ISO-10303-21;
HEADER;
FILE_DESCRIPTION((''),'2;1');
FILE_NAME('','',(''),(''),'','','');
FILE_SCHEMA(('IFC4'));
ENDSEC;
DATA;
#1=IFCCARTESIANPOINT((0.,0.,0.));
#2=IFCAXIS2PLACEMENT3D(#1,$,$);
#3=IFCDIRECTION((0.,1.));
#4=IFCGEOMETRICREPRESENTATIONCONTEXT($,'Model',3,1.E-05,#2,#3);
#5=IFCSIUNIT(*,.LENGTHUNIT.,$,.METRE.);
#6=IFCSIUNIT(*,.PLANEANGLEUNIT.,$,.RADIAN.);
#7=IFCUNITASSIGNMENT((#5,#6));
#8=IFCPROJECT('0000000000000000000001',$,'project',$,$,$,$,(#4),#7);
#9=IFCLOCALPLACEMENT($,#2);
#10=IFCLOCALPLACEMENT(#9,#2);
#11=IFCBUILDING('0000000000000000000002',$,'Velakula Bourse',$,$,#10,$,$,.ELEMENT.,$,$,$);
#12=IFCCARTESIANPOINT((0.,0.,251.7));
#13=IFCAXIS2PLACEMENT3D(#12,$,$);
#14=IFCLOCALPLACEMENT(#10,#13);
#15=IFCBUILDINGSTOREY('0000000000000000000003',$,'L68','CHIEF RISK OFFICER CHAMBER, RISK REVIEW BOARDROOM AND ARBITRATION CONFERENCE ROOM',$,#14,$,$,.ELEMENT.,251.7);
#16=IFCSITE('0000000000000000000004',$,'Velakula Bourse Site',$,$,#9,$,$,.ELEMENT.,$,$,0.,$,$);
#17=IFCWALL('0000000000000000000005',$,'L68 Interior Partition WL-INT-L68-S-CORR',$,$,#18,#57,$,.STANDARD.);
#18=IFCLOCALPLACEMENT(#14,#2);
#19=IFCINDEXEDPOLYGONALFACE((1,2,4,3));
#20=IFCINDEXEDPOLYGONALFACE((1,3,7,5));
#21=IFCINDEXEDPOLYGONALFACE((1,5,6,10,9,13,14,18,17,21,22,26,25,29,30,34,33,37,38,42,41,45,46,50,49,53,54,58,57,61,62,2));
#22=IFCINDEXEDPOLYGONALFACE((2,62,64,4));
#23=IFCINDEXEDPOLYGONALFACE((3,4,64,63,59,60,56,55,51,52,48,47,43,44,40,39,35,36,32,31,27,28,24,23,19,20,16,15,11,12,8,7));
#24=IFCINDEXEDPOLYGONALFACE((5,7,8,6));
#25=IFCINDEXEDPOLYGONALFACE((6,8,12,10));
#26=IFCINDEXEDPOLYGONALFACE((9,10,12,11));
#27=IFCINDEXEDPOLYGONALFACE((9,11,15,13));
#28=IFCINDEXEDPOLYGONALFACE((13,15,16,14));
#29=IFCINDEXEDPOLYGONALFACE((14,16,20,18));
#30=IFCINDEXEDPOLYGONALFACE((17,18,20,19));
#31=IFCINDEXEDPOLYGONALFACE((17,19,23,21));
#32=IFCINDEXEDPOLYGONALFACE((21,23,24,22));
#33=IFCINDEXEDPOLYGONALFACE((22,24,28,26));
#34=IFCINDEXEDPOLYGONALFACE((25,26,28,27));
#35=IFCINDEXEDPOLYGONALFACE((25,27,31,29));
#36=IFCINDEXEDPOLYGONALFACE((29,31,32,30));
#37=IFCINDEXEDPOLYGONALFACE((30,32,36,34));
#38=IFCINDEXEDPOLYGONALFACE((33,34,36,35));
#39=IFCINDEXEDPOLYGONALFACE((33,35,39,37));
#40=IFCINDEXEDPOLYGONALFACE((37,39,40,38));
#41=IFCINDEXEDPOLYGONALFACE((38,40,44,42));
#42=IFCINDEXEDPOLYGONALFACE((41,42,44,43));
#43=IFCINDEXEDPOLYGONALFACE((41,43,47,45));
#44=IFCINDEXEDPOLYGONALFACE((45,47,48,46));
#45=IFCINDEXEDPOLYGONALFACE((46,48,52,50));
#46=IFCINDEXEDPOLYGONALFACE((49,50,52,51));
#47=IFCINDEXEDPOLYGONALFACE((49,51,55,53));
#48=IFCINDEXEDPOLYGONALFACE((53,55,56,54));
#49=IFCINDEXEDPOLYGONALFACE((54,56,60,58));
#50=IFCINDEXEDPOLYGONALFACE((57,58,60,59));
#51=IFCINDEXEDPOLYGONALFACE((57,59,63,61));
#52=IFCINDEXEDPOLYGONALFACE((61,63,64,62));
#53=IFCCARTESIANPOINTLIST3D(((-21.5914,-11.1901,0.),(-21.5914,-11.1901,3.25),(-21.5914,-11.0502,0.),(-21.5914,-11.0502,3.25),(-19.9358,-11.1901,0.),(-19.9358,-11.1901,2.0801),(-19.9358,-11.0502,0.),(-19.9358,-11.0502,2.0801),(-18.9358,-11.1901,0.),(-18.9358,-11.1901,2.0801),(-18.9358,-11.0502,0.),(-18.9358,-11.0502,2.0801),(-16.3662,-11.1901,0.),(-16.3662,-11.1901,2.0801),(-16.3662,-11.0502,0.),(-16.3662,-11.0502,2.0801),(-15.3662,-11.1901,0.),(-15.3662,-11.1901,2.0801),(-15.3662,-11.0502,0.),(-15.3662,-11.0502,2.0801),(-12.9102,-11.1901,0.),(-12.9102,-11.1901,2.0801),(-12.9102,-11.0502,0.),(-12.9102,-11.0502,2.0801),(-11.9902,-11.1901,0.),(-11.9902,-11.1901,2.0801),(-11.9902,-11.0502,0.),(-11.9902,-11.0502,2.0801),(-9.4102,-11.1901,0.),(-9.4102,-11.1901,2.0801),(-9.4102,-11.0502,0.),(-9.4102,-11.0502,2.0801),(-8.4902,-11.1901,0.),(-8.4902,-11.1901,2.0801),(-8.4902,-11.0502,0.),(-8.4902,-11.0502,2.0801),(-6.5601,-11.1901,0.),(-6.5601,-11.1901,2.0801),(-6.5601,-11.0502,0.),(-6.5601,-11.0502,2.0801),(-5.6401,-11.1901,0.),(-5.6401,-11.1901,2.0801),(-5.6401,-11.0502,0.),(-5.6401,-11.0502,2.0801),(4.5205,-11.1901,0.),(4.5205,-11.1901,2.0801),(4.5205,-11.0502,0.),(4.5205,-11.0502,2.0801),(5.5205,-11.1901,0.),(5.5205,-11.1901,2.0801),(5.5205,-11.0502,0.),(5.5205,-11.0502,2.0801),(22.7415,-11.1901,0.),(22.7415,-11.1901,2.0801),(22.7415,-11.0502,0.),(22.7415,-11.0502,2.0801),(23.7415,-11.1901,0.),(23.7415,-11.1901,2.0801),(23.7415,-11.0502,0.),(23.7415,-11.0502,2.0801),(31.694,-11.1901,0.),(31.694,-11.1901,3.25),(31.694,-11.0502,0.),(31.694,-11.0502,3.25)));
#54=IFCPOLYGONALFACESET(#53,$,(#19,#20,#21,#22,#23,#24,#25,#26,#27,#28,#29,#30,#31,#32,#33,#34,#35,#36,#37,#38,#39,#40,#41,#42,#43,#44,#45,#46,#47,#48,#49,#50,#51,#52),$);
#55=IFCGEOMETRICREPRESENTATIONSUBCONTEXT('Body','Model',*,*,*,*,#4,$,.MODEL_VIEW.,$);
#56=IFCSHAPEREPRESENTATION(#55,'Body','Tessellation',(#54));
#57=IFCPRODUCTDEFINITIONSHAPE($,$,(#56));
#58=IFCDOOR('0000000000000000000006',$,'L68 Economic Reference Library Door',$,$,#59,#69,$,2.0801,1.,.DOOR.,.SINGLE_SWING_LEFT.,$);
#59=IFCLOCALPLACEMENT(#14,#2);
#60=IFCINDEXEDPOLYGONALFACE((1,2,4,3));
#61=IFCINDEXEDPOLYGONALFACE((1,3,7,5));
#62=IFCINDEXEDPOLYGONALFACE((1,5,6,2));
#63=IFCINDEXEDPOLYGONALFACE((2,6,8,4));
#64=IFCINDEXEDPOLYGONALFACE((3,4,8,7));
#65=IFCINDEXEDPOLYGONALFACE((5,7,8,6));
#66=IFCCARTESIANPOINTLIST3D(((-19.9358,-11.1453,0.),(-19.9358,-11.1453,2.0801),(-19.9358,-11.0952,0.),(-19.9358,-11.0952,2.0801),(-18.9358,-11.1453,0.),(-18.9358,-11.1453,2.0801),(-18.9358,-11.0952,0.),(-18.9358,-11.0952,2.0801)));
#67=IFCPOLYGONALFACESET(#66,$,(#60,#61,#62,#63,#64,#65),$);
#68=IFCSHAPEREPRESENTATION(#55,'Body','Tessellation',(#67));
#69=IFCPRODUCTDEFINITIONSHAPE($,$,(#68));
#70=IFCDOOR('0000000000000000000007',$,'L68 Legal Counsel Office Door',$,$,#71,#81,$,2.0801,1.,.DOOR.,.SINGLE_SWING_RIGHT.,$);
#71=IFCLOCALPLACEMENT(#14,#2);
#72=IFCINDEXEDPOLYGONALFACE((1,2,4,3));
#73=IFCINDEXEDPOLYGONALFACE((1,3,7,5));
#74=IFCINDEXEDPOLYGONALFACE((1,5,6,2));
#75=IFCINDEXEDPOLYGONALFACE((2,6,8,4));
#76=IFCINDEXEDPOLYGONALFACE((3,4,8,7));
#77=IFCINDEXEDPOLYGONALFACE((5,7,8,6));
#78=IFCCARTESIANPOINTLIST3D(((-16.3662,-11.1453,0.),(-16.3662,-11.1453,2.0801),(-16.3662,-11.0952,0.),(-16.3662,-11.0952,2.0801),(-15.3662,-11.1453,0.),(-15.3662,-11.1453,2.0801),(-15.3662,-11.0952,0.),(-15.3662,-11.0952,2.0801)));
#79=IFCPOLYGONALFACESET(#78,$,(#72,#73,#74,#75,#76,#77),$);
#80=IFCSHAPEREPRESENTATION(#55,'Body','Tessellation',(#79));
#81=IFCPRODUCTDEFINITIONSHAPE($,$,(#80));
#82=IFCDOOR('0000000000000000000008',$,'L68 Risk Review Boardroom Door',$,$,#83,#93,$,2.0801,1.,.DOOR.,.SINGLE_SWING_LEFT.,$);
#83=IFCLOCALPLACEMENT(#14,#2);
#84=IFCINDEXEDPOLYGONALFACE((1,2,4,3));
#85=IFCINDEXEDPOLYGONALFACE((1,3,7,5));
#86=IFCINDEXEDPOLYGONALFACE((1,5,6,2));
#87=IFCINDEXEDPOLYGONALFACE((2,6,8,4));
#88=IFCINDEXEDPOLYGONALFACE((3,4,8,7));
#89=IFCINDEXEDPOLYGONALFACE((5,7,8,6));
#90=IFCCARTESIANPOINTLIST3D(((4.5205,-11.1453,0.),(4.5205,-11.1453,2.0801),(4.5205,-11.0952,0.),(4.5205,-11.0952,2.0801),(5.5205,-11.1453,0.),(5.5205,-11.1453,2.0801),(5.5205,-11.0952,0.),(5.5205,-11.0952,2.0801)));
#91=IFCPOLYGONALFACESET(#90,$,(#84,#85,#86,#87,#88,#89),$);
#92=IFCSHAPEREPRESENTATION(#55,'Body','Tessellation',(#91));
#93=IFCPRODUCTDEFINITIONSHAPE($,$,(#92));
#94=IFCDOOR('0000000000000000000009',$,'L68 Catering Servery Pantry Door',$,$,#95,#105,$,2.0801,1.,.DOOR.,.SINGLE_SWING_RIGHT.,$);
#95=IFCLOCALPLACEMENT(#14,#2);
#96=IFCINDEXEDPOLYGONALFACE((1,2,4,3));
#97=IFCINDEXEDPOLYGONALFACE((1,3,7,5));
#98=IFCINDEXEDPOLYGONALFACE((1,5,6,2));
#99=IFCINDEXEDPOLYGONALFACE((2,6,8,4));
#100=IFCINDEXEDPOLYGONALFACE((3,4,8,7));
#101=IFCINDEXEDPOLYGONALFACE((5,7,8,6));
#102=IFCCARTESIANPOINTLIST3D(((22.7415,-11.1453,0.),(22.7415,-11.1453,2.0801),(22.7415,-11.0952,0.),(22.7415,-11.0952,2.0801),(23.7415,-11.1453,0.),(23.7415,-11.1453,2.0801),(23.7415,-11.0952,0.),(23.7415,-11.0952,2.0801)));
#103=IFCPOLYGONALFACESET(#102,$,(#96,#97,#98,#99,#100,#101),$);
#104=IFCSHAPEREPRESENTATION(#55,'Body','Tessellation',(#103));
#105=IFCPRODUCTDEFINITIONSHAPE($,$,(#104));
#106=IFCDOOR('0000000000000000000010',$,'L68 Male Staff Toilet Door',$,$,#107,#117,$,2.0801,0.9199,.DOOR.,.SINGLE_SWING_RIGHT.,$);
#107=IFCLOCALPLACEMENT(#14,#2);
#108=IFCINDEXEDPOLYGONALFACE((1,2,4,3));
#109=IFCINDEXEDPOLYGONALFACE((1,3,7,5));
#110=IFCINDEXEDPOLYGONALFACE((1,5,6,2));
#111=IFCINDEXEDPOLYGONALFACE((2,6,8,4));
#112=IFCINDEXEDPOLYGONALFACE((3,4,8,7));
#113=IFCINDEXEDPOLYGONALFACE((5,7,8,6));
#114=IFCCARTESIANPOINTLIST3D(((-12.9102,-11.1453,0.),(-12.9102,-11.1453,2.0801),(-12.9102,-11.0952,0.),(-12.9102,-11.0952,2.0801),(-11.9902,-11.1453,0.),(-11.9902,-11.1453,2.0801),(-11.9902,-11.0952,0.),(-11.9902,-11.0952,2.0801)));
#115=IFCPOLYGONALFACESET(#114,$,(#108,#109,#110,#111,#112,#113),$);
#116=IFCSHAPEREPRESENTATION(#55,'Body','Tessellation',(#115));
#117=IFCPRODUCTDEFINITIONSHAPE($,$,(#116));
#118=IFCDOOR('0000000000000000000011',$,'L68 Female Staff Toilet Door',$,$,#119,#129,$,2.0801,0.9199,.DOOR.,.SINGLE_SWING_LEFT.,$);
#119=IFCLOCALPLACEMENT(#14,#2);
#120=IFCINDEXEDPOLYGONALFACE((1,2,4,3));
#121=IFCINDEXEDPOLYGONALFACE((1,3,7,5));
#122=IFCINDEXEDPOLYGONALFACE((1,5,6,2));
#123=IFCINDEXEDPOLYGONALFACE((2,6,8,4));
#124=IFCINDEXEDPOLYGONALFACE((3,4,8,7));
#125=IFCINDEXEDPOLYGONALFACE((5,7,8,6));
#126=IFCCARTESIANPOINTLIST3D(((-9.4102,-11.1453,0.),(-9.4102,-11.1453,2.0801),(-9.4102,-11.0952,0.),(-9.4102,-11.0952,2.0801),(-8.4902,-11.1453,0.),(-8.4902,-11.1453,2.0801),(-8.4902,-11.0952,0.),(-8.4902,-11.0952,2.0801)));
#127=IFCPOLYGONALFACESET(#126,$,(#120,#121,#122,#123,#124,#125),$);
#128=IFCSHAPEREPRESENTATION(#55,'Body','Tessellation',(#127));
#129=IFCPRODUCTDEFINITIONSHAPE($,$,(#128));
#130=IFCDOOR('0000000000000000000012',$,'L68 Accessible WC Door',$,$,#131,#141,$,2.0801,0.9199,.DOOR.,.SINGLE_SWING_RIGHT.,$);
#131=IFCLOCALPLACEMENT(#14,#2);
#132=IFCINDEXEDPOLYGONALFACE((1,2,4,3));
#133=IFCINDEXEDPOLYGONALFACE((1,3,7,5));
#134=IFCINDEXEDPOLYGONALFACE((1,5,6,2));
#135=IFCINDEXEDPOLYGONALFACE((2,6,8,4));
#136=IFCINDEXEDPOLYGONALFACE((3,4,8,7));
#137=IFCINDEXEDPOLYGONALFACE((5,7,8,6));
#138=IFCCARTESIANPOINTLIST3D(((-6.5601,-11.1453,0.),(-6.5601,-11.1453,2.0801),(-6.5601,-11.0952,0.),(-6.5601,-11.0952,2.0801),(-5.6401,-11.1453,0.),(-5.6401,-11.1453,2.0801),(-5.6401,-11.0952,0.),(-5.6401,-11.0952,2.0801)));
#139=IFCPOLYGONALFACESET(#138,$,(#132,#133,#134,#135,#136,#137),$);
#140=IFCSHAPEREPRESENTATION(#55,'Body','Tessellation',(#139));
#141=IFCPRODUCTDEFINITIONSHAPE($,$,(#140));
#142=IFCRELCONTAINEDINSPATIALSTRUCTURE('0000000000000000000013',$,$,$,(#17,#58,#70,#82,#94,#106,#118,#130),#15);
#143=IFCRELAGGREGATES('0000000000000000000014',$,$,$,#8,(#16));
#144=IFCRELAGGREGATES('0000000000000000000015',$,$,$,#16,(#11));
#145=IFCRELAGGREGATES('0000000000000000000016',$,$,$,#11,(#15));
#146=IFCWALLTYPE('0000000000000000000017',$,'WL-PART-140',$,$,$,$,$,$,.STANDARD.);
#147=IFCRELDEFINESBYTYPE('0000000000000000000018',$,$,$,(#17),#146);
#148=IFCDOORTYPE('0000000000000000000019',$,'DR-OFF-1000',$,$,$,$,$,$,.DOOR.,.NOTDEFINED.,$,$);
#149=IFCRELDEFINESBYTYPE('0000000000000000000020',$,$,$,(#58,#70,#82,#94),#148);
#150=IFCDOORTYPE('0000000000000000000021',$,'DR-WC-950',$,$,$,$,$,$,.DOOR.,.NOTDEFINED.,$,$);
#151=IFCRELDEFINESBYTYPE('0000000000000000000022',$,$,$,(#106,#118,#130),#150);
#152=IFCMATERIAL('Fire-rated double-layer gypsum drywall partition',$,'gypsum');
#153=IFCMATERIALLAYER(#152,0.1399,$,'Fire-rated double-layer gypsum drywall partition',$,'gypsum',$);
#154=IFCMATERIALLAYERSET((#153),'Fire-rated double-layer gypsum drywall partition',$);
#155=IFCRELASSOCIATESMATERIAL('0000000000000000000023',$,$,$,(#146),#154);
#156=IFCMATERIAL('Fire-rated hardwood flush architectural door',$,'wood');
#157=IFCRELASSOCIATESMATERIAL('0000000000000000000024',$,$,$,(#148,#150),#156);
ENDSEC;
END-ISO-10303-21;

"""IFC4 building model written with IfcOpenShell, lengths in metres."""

from ifc_helpers import new_model, si_unit, direction, frame, frame_2d, origin, place, context, subcontext, project, spatial, rectangle, extrude, material, layer, layer_set, type_object, element, fill, save


model = new_model("IFC4")

# Units and contexts
model_context = context("Model", 3, precision=1e-05, world=origin(), true_north=direction((0.0, 1.0)))
body_context = subcontext(model_context, "Body", "Model", "MODEL_VIEW")
ifc_project = project(units=[si_unit("LENGTHUNIT", "METRE"), si_unit("PLANEANGLEUNIT", "RADIAN")], contexts=[model_context])

# Site, building, storey
site_placement = place(None, origin())
site = spatial("IfcSite", under=ifc_project, at=site_placement, Name="Velakula Bourse Site", CompositionType="ELEMENT", RefElevation=0.0)
building_placement = place(site_placement, origin())
building = spatial("IfcBuilding", under=site, at=building_placement, Name="Velakula Bourse", CompositionType="ELEMENT")
storey_placement = place(building_placement, frame((0.0, 0.0, 251.7)))
storey = spatial("IfcBuildingStorey", under=building, at=storey_placement, Name="L68", Description="CHIEF RISK OFFICER CHAMBER, RISK REVIEW BOARDROOM AND ARBITRATION CONFERENCE ROOM", CompositionType="ELEMENT", Elevation=251.7)

# Wall, openings, doors
ifc_material_1 = material(Name="Fire-rated double-layer gypsum drywall partition", Category="gypsum")
ifc_layer_1 = layer(ifc_material_1, 0.1399, Name="Fire-rated double-layer gypsum drywall partition", Category="gypsum")
ifc_layer_set_1 = layer_set([ifc_layer_1], Name="Fire-rated double-layer gypsum drywall partition")
wall_type_1 = type_object("IfcWallType", Name="WL-PART-140", PredefinedType="STANDARD", material=ifc_layer_set_1)
wall_1_placement = place(storey_placement, frame((-21.5913, -11.1201, 0.0), z_axis=(0.0, 0.0, 1.0), x_axis=(1.0, 0.0, 0.0)))
wall_1 = element("IfcWall", 1, at=wall_1_placement, inside=storey, type_object=wall_type_1, Name="L68 Interior Partition WL-INT-L68-S-CORR", PredefinedType="STANDARD", context=body_context, shape_type="SweptSolid", body=[
    extrude(rectangle(XDim=53.2854, YDim=0.1399, at=frame_2d((26.6426, 0.0))), origin(), (0.0, 0.0, 1.0), 3.25),
])
opening_1_placement = place(wall_1_placement, frame((8.6812, 0.0, 0.0)))
opening_1 = element("IfcOpeningElement", 2, at=opening_1_placement, cuts=wall_1, PredefinedType="OPENING", context=body_context, shape_type="SweptSolid", body=[
    extrude(rectangle(XDim=0.9199, YDim=2.0801, at=frame_2d((0.46, 1.04))), frame((0.0, 0.0798, 0.0), z_axis=(0.0, -1.0, 0.0), x_axis=(1.0, 0.0, 0.0)), (0.0, 0.0, 1.0), 0.1599),
])
opening_2_placement = place(wall_1_placement, frame((12.1812, 0.0, 0.0)))
opening_2 = element("IfcOpeningElement", 3, at=opening_2_placement, cuts=wall_1, PredefinedType="OPENING", context=body_context, shape_type="SweptSolid", body=[
    extrude(rectangle(XDim=0.9199, YDim=2.0801, at=frame_2d((0.46, 1.04))), frame((0.0, 0.0798, 0.0), z_axis=(0.0, -1.0, 0.0), x_axis=(1.0, 0.0, 0.0)), (0.0, 0.0, 1.0), 0.1599),
])
opening_3_placement = place(wall_1_placement, frame((15.0312, 0.0, 0.0)))
opening_3 = element("IfcOpeningElement", 4, at=opening_3_placement, cuts=wall_1, PredefinedType="OPENING", context=body_context, shape_type="SweptSolid", body=[
    extrude(rectangle(XDim=0.9199, YDim=2.0801, at=frame_2d((0.46, 1.04))), frame((0.0, 0.0798, 0.0), z_axis=(0.0, -1.0, 0.0), x_axis=(1.0, 0.0, 0.0)), (0.0, 0.0, 1.0), 0.1599),
])
opening_4_placement = place(wall_1_placement, frame((1.6555, 0.0, 0.0)))
opening_4 = element("IfcOpeningElement", 5, at=opening_4_placement, cuts=wall_1, PredefinedType="OPENING", context=body_context, shape_type="SweptSolid", body=[
    extrude(rectangle(XDim=1.0, YDim=2.0801, at=frame_2d((0.5, 1.04))), frame((0.0, 0.0798, 0.0), z_axis=(0.0, -1.0, 0.0), x_axis=(1.0, 0.0, 0.0)), (0.0, 0.0, 1.0), 0.1599),
])
opening_5_placement = place(wall_1_placement, frame((5.2251, 0.0, 0.0)))
opening_5 = element("IfcOpeningElement", 6, at=opening_5_placement, cuts=wall_1, PredefinedType="OPENING", context=body_context, shape_type="SweptSolid", body=[
    extrude(rectangle(XDim=1.0, YDim=2.0801, at=frame_2d((0.5, 1.04))), frame((0.0, 0.0798, 0.0), z_axis=(0.0, -1.0, 0.0), x_axis=(1.0, 0.0, 0.0)), (0.0, 0.0, 1.0), 0.1599),
])
opening_6_placement = place(wall_1_placement, frame((26.1118, 0.0, 0.0)))
opening_6 = element("IfcOpeningElement", 7, at=opening_6_placement, cuts=wall_1, PredefinedType="OPENING", context=body_context, shape_type="SweptSolid", body=[
    extrude(rectangle(XDim=1.0, YDim=2.0801, at=frame_2d((0.5, 1.04))), frame((0.0, 0.0798, 0.0), z_axis=(0.0, -1.0, 0.0), x_axis=(1.0, 0.0, 0.0)), (0.0, 0.0, 1.0), 0.1599),
])
opening_7_placement = place(wall_1_placement, frame((44.3328, 0.0, 0.0)))
opening_7 = element("IfcOpeningElement", 8, at=opening_7_placement, cuts=wall_1, PredefinedType="OPENING", context=body_context, shape_type="SweptSolid", body=[
    extrude(rectangle(XDim=1.0, YDim=2.0801, at=frame_2d((0.5, 1.04))), frame((0.0, 0.0798, 0.0), z_axis=(0.0, -1.0, 0.0), x_axis=(1.0, 0.0, 0.0)), (0.0, 0.0, 1.0), 0.1599),
])
ifc_material_2 = material(Name="Fire-rated hardwood flush architectural door", Category="wood")
door_type_1 = type_object("IfcDoorType", Name="DR-OFF-1000", OperationType="NOTDEFINED", PredefinedType="DOOR", material=ifc_material_2)
door_1_placement = place(opening_4_placement, origin())
door_1 = element("IfcDoor", 9, at=door_1_placement, inside=storey, type_object=door_type_1, Name="L68 Economic Reference Library Door", OperationType="SINGLE_SWING_LEFT", OverallHeight=2.0801, OverallWidth=1.0, PredefinedType="DOOR", context=body_context, shape_type="SweptSolid", body=[
    extrude(rectangle(XDim=1.0, YDim=2.0801, at=frame_2d((0.5, 1.04))), frame((0.0, 0.0249, 0.0), z_axis=(0.0, -1.0, 0.0), x_axis=(1.0, 0.0, 0.0)), (0.0, 0.0, 1.0), 0.05),
])
fill(opening_4, door_1)
door_2_placement = place(opening_5_placement, origin())
door_2 = element("IfcDoor", 10, at=door_2_placement, inside=storey, type_object=door_type_1, Name="L68 Legal Counsel Office Door", OperationType="SINGLE_SWING_RIGHT", OverallHeight=2.0801, OverallWidth=1.0, PredefinedType="DOOR", context=body_context, shape_type="SweptSolid", body=[
    extrude(rectangle(XDim=1.0, YDim=2.0801, at=frame_2d((0.5, 1.04))), frame((0.0, 0.0249, 0.0), z_axis=(0.0, -1.0, 0.0), x_axis=(1.0, 0.0, 0.0)), (0.0, 0.0, 1.0), 0.05),
])
fill(opening_5, door_2)
door_3_placement = place(opening_6_placement, origin())
door_3 = element("IfcDoor", 11, at=door_3_placement, inside=storey, type_object=door_type_1, Name="L68 Risk Review Boardroom Door", OperationType="SINGLE_SWING_LEFT", OverallHeight=2.0801, OverallWidth=1.0, PredefinedType="DOOR", context=body_context, shape_type="SweptSolid", body=[
    extrude(rectangle(XDim=1.0, YDim=2.0801, at=frame_2d((0.5, 1.04))), frame((0.0, 0.0249, 0.0), z_axis=(0.0, -1.0, 0.0), x_axis=(1.0, 0.0, 0.0)), (0.0, 0.0, 1.0), 0.05),
])
fill(opening_6, door_3)
door_4_placement = place(opening_7_placement, origin())
door_4 = element("IfcDoor", 12, at=door_4_placement, inside=storey, type_object=door_type_1, Name="L68 Catering Servery Pantry Door", OperationType="SINGLE_SWING_RIGHT", OverallHeight=2.0801, OverallWidth=1.0, PredefinedType="DOOR", context=body_context, shape_type="SweptSolid", body=[
    extrude(rectangle(XDim=1.0, YDim=2.0801, at=frame_2d((0.5, 1.04))), frame((0.0, 0.0249, 0.0), z_axis=(0.0, -1.0, 0.0), x_axis=(1.0, 0.0, 0.0)), (0.0, 0.0, 1.0), 0.05),
])
fill(opening_7, door_4)
door_type_2 = type_object("IfcDoorType", Name="DR-WC-950", OperationType="NOTDEFINED", PredefinedType="DOOR", material=ifc_material_2)
door_5_placement = place(opening_1_placement, origin())
door_5 = element("IfcDoor", 13, at=door_5_placement, inside=storey, type_object=door_type_2, Name="L68 Male Staff Toilet Door", OperationType="SINGLE_SWING_RIGHT", OverallHeight=2.0801, OverallWidth=0.9199, PredefinedType="DOOR", context=body_context, shape_type="SweptSolid", body=[
    extrude(rectangle(XDim=0.9199, YDim=2.0801, at=frame_2d((0.46, 1.04))), frame((0.0, 0.0249, 0.0), z_axis=(0.0, -1.0, 0.0), x_axis=(1.0, 0.0, 0.0)), (0.0, 0.0, 1.0), 0.05),
])
fill(opening_1, door_5)
door_6_placement = place(opening_2_placement, origin())
door_6 = element("IfcDoor", 14, at=door_6_placement, inside=storey, type_object=door_type_2, Name="L68 Female Staff Toilet Door", OperationType="SINGLE_SWING_LEFT", OverallHeight=2.0801, OverallWidth=0.9199, PredefinedType="DOOR", context=body_context, shape_type="SweptSolid", body=[
    extrude(rectangle(XDim=0.9199, YDim=2.0801, at=frame_2d((0.46, 1.04))), frame((0.0, 0.0249, 0.0), z_axis=(0.0, -1.0, 0.0), x_axis=(1.0, 0.0, 0.0)), (0.0, 0.0, 1.0), 0.05),
])
fill(opening_2, door_6)
door_7_placement = place(opening_3_placement, origin())
door_7 = element("IfcDoor", 15, at=door_7_placement, inside=storey, type_object=door_type_2, Name="L68 Accessible WC Door", OperationType="SINGLE_SWING_RIGHT", OverallHeight=2.0801, OverallWidth=0.9199, PredefinedType="DOOR", context=body_context, shape_type="SweptSolid", body=[
    extrude(rectangle(XDim=0.9199, YDim=2.0801, at=frame_2d((0.46, 1.04))), frame((0.0, 0.0249, 0.0), z_axis=(0.0, -1.0, 0.0), x_axis=(1.0, 0.0, 0.0)), (0.0, 0.0, 1.0), 0.05),
])
fill(opening_3, door_7)

save(model, "model.ifc")
